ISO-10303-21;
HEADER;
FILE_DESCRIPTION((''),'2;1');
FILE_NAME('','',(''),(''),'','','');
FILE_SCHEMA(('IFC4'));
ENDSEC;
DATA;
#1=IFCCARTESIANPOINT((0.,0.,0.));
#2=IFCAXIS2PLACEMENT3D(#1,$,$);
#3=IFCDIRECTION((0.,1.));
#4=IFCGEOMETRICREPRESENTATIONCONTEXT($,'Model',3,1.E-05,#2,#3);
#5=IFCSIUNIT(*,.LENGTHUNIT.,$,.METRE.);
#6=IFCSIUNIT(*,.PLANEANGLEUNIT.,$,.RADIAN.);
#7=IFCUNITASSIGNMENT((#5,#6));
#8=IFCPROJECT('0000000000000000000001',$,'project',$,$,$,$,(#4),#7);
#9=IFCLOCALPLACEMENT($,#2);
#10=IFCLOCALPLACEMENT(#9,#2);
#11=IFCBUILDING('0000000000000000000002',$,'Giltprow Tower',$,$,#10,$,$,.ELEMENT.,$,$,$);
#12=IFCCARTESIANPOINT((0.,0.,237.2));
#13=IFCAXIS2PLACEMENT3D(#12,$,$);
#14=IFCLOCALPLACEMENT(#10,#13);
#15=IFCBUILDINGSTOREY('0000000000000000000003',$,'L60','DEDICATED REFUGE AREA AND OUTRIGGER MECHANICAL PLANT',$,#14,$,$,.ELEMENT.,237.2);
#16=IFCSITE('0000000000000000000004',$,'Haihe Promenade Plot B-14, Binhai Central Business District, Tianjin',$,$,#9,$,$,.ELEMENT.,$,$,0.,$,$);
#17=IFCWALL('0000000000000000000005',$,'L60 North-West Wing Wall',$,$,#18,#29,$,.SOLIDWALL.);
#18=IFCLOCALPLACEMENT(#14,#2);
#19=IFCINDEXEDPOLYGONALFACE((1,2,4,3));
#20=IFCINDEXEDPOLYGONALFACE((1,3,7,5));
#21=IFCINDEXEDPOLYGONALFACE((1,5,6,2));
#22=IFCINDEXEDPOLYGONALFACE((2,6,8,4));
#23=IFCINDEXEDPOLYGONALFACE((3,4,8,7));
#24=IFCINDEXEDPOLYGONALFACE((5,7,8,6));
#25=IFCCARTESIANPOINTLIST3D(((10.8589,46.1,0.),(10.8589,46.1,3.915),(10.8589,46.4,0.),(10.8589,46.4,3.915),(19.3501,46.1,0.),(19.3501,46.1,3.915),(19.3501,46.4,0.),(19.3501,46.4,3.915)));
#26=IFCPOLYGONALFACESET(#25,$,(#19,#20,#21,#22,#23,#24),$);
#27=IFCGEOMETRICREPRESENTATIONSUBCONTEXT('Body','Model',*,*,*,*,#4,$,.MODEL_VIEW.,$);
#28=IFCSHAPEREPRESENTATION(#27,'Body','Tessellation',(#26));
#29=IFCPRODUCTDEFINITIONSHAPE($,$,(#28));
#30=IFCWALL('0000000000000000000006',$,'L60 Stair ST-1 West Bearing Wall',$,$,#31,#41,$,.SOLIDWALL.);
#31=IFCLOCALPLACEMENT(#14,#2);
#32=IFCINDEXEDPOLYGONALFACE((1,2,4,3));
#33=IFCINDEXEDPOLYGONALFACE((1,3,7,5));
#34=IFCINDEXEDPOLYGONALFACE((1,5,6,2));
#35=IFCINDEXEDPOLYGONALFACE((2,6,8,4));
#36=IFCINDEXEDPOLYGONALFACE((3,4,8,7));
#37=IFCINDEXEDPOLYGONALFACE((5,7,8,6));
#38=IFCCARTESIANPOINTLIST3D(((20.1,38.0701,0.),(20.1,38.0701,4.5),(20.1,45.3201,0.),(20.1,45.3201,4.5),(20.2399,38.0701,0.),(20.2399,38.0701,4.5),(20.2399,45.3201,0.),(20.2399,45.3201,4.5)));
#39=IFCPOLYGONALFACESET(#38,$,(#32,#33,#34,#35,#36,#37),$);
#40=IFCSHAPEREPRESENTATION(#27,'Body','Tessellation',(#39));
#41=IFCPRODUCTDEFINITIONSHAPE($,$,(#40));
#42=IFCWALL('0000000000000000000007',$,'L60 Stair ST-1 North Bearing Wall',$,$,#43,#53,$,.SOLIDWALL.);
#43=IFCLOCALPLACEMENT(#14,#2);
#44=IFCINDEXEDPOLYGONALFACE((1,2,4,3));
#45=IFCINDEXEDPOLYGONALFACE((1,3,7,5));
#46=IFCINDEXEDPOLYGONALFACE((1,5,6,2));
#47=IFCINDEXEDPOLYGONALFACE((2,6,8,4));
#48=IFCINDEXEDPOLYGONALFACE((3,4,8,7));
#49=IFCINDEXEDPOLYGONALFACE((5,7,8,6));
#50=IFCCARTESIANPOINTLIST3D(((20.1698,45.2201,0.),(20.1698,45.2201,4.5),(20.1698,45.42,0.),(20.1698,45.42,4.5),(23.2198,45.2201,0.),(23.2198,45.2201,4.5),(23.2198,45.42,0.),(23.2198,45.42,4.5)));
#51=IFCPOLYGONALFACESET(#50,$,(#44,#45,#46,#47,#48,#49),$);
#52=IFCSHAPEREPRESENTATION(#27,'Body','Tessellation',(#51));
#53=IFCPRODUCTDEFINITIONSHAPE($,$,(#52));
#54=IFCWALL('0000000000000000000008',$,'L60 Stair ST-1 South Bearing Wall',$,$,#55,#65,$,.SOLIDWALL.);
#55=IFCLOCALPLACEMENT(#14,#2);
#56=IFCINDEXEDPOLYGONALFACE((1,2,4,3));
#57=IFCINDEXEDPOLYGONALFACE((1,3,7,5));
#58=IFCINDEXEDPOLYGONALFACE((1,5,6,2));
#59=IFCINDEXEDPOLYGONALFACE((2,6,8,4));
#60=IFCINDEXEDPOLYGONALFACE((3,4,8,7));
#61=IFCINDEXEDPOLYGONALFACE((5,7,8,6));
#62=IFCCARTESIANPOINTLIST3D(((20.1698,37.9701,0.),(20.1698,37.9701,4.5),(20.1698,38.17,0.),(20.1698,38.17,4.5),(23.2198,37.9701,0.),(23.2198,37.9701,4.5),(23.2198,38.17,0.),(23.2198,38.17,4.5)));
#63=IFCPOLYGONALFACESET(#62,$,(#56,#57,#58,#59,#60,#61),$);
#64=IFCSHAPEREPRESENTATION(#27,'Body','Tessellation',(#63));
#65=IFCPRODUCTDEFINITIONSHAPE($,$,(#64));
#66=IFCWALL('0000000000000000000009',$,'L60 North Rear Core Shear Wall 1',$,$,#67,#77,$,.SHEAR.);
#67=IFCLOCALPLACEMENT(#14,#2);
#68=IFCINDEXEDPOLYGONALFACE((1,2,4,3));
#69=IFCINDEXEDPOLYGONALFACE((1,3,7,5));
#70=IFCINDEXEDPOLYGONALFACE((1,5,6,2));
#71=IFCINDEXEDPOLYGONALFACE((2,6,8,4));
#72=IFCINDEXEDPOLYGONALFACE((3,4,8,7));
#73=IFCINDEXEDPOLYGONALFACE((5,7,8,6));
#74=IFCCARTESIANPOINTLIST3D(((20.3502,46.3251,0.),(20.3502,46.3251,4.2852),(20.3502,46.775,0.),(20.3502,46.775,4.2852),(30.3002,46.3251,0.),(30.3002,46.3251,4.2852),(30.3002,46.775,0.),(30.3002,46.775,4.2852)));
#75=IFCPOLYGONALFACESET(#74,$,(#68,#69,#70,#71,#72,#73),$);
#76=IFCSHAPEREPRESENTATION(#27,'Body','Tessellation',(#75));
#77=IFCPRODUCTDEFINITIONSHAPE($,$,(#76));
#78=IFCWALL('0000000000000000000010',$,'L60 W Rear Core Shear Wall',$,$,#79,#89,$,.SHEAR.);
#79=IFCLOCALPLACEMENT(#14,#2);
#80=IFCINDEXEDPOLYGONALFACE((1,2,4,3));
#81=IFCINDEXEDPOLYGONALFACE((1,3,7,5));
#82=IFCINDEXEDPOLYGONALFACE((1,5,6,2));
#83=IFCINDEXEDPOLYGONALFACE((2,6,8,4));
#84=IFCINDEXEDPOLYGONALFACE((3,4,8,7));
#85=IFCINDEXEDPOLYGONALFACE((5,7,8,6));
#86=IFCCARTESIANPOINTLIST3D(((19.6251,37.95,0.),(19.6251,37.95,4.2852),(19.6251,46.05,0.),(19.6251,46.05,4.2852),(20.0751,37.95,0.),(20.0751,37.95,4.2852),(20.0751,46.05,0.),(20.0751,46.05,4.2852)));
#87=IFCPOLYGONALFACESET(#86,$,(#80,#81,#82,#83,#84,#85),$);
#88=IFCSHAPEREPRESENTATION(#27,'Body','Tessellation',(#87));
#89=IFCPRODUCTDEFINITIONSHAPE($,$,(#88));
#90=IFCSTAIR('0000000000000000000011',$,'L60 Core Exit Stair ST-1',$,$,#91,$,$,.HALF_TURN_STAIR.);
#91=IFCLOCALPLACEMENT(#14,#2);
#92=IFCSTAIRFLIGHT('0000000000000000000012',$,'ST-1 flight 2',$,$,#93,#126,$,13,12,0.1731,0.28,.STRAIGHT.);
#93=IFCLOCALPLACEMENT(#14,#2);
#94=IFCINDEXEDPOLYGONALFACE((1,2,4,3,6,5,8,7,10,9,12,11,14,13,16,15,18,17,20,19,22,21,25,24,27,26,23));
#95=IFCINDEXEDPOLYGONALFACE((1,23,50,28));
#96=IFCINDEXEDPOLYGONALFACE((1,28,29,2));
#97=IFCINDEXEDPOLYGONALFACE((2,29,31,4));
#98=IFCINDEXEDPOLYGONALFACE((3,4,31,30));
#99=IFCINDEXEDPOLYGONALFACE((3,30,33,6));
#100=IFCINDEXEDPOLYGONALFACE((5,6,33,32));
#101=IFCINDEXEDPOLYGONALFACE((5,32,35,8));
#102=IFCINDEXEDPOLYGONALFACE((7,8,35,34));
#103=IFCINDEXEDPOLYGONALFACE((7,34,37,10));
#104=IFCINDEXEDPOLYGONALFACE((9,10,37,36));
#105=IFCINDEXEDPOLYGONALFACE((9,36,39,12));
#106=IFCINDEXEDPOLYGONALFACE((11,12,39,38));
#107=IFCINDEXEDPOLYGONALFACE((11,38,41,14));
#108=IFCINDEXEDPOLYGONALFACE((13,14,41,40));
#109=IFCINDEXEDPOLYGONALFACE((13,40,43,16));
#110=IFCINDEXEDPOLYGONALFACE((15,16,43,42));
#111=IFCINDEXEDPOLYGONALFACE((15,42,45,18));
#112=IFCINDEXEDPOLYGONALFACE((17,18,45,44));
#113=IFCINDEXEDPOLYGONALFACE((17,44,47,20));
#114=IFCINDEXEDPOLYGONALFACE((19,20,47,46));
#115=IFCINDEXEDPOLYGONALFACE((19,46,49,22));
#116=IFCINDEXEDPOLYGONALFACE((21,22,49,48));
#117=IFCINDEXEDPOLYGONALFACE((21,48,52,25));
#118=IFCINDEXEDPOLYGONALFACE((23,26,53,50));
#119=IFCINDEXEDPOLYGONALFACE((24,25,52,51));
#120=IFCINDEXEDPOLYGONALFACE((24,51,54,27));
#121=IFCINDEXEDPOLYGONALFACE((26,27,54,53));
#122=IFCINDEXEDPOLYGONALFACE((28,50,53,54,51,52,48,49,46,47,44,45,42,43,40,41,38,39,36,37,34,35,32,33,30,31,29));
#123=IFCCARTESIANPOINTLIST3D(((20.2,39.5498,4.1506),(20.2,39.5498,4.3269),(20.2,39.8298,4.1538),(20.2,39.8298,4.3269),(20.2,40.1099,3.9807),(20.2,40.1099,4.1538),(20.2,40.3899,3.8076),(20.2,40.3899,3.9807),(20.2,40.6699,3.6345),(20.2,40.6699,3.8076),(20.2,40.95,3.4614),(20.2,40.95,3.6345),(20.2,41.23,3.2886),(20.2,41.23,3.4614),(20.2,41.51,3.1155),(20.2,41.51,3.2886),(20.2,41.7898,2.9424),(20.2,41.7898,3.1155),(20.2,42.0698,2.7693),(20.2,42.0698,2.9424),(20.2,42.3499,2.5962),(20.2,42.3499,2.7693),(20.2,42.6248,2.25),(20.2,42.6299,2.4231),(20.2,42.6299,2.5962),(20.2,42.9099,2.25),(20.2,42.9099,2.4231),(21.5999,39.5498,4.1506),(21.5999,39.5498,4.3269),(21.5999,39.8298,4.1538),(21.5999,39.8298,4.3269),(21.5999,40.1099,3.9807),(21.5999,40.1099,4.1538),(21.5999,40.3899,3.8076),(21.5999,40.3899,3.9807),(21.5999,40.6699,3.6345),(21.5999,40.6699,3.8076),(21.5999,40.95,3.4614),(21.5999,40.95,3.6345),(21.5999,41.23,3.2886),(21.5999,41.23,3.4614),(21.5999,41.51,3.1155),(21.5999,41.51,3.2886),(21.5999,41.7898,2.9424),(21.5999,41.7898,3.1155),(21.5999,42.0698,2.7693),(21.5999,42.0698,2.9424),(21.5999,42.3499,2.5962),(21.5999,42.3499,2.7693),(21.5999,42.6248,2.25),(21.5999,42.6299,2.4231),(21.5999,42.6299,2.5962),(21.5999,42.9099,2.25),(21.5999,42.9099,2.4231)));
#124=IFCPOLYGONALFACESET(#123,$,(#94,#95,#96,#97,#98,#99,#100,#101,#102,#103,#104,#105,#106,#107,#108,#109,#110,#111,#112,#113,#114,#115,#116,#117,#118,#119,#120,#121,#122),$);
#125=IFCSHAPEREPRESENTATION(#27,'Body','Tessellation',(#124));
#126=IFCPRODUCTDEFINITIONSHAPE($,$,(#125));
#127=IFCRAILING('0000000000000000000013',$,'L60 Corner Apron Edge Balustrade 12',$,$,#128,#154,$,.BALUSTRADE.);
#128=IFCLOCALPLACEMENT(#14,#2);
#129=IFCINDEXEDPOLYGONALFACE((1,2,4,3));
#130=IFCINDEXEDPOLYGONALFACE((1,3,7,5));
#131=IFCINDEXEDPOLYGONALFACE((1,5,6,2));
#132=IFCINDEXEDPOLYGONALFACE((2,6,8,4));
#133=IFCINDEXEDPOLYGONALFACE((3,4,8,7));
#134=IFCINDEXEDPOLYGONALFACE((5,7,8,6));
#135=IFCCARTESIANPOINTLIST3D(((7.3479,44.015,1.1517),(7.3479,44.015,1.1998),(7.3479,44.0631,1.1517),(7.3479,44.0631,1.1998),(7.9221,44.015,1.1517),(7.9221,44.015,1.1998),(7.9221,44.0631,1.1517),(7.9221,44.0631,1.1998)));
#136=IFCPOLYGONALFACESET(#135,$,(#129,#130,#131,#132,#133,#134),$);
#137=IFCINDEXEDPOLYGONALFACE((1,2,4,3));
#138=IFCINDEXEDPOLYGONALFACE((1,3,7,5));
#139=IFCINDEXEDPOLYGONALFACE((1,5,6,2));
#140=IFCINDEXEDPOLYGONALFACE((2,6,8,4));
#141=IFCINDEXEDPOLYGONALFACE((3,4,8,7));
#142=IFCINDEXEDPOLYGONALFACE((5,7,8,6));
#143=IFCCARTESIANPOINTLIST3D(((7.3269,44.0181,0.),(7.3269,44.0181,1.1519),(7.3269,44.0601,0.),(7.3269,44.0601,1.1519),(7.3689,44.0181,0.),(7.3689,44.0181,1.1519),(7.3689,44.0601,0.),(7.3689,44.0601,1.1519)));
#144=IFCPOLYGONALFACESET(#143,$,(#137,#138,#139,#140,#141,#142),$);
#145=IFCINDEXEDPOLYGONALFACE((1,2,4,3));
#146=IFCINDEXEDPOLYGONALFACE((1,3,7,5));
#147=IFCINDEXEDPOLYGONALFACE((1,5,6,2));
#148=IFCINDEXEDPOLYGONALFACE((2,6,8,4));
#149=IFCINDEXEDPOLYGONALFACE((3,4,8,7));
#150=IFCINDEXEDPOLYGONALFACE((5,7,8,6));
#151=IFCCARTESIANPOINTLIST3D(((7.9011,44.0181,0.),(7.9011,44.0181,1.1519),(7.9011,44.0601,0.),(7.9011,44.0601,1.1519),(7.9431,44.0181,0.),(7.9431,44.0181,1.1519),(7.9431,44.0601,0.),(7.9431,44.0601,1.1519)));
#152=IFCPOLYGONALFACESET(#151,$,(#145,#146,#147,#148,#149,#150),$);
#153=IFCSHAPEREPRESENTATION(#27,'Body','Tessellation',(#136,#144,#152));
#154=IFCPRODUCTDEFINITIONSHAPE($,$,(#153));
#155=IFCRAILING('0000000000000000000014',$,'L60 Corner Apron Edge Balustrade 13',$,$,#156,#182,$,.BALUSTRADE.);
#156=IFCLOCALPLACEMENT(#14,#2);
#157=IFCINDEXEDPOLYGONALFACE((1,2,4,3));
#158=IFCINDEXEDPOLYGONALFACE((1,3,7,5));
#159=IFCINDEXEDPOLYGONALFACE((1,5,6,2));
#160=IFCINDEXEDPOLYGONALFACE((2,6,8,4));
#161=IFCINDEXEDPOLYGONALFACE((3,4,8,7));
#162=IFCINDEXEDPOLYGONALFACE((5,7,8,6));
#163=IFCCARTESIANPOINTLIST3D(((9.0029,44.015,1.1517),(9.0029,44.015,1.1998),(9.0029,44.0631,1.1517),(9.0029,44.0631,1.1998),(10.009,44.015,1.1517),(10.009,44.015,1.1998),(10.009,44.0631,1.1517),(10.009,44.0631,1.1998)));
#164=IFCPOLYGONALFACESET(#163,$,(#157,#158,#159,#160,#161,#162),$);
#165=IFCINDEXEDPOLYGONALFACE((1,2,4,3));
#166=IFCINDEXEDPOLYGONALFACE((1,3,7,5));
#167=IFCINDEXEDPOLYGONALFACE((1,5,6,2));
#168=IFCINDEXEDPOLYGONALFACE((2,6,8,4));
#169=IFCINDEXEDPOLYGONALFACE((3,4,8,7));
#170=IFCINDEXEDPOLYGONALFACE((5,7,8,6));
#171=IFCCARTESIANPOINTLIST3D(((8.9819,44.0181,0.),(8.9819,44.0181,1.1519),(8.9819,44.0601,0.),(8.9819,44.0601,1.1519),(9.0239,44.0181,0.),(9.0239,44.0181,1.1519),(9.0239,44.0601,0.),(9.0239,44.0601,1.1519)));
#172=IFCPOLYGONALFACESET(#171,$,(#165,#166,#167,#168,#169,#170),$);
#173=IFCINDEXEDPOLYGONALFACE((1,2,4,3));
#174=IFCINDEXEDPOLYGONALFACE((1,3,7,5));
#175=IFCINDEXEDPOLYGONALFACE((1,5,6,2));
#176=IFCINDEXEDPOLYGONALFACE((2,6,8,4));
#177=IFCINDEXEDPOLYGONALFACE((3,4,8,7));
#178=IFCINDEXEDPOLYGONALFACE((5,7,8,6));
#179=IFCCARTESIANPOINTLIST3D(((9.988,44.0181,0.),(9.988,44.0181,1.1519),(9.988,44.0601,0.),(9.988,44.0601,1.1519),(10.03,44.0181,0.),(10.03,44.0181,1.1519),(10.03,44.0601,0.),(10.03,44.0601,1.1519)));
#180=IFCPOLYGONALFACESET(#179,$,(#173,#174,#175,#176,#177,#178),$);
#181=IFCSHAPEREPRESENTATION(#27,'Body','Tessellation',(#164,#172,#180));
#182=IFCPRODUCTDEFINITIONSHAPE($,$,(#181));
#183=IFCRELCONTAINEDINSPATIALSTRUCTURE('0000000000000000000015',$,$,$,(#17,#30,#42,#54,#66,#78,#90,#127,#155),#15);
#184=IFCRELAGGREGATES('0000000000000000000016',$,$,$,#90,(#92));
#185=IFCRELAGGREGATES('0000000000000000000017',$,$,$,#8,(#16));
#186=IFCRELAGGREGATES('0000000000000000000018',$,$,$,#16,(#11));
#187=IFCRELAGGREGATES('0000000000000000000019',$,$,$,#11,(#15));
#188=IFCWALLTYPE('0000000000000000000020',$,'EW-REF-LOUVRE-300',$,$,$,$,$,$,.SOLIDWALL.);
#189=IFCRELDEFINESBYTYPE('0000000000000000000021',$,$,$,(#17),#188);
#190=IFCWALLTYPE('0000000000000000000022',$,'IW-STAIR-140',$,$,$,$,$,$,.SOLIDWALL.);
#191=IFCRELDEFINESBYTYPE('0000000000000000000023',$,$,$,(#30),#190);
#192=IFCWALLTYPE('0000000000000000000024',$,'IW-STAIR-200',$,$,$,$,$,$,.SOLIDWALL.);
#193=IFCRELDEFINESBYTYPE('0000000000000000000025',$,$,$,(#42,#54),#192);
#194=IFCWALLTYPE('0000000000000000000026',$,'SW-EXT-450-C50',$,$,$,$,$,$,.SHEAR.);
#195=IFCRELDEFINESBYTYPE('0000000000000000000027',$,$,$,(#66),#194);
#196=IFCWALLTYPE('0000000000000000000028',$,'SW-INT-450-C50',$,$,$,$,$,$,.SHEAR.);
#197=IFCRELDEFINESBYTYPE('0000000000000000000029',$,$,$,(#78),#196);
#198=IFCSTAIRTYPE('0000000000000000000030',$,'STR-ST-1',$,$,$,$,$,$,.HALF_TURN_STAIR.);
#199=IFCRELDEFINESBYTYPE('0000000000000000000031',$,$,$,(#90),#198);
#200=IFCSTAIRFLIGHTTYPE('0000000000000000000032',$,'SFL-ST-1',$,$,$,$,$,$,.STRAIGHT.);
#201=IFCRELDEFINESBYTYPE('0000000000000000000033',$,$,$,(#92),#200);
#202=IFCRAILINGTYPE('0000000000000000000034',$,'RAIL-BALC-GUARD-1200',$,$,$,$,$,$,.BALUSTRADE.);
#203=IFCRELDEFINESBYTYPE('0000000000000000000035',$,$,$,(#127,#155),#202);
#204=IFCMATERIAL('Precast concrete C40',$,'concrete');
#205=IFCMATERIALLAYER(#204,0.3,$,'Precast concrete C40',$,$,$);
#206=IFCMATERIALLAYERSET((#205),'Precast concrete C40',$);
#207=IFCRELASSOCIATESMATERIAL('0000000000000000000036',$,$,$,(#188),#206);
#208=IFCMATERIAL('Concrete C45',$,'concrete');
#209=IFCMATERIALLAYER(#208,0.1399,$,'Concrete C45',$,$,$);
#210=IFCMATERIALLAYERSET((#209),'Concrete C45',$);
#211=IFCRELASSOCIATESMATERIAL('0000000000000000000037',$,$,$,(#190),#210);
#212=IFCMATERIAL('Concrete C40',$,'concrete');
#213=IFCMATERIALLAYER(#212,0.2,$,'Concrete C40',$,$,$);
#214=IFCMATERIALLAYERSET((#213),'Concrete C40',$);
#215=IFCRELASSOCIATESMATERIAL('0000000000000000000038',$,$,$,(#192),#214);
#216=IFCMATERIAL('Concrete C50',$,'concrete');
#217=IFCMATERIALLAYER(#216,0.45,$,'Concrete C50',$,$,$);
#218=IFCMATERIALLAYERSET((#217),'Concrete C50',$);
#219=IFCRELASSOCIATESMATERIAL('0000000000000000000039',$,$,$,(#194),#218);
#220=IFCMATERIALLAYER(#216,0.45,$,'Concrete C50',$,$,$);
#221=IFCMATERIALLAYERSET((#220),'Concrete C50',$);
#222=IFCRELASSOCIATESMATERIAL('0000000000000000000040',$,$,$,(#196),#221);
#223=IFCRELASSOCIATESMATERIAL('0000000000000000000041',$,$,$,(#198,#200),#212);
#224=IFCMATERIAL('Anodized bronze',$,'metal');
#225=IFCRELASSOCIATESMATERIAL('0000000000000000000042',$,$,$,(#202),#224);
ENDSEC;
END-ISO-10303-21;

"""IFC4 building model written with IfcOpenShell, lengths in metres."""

from ifc_helpers import new_model, si_unit, direction, frame, frame_2d, origin, origin_2d, place, context, subcontext, project, spatial, polyline, rectangle, outline, extrude, material, layer, layer_set, type_object, element, aggregate, save


model = new_model("IFC4")

# Units and contexts
model_context = context("Model", 3, precision=1e-05, world=origin(), true_north=direction((0.0, 1.0)))
body_context = subcontext(model_context, "Body", "Model", "MODEL_VIEW")
ifc_project = project(units=[si_unit("LENGTHUNIT", "METRE"), si_unit("PLANEANGLEUNIT", "RADIAN")], contexts=[model_context])

# Site, building, storey
site_placement = place(None, origin())
site = spatial("IfcSite", under=ifc_project, at=site_placement, Name="Haihe Promenade Plot B-14, Binhai Central Business District, Tianjin", CompositionType="ELEMENT", RefElevation=0.0)
building_placement = place(site_placement, origin())
building = spatial("IfcBuilding", under=site, at=building_placement, Name="Giltprow Tower", CompositionType="ELEMENT")
storey_placement = place(building_placement, frame((0.0, 0.0, 237.2)))
storey = spatial("IfcBuildingStorey", under=building, at=storey_placement, Name="L60", Description="DEDICATED REFUGE AREA AND OUTRIGGER MECHANICAL PLANT", CompositionType="ELEMENT", Elevation=237.2)

# Shared definitions
ifc_material_1 = material(Name="Concrete C50", Category="concrete")

# Walls
ifc_material_2 = material(Name="Precast concrete C40", Category="concrete")
ifc_layer_1 = layer(ifc_material_2, 0.3, Name="Precast concrete C40")
ifc_layer_set_1 = layer_set([ifc_layer_1], Name="Precast concrete C40")
wall_type_1 = type_object("IfcWallType", Name="EW-REF-LOUVRE-300", PredefinedType="SOLIDWALL", material=ifc_layer_set_1)
wall_1_placement = place(storey_placement, frame((10.8589, 46.25, 0.0), z_axis=(0.0, 0.0, 1.0), x_axis=(1.0, 0.0, 0.0)))
element("IfcWall", 1, at=wall_1_placement, inside=storey, type_object=wall_type_1, Name="L60 North-West Wing Wall", PredefinedType="SOLIDWALL", context=body_context, shape_type="SweptSolid", body=[
    extrude(rectangle(XDim=8.4912, YDim=0.3, at=frame_2d((4.2456, 0.0))), origin(), (0.0, 0.0, 1.0), 3.915),
])
ifc_material_3 = material(Name="Concrete C45", Category="concrete")
ifc_layer_2 = layer(ifc_material_3, 0.1399, Name="Concrete C45")
ifc_layer_set_2 = layer_set([ifc_layer_2], Name="Concrete C45")
wall_type_2 = type_object("IfcWallType", Name="IW-STAIR-140", PredefinedType="SOLIDWALL", material=ifc_layer_set_2)
wall_2_placement = place(storey_placement, frame((20.1699, 38.0701, 0.0), z_axis=(0.0, 0.0, 1.0), x_axis=(0.0, 1.0, 0.0)))
element("IfcWall", 2, at=wall_2_placement, inside=storey, type_object=wall_type_2, Name="L60 Stair ST-1 West Bearing Wall", PredefinedType="SOLIDWALL", context=body_context, shape_type="SweptSolid", body=[
    extrude(rectangle(XDim=7.25, YDim=0.1399, at=frame_2d((3.625, 0.0))), origin(), (0.0, 0.0, 1.0), 4.5),
])
ifc_material_4 = material(Name="Concrete C40", Category="concrete")
ifc_layer_3 = layer(ifc_material_4, 0.2, Name="Concrete C40")
ifc_layer_set_3 = layer_set([ifc_layer_3], Name="Concrete C40")
wall_type_3 = type_object("IfcWallType", Name="IW-STAIR-200", PredefinedType="SOLIDWALL", material=ifc_layer_set_3)
for number, where, z_axis, x_axis, name in (
    (3, (20.1699, 45.3201, 0.0), (0.0, 0.0, 1.0), (1.0, 0.0, 0.0), "L60 Stair ST-1 North Bearing Wall"),
    (4, (20.1699, 38.0701, 0.0), (0.0, 0.0, 1.0), (1.0, 0.0, 0.0), "L60 Stair ST-1 South Bearing Wall"),
):
    element("IfcWall", number, at=place(storey_placement, frame(where, z_axis=z_axis, x_axis=x_axis)), inside=storey, type_object=wall_type_3, Name=name, PredefinedType="SOLIDWALL", context=body_context, shape_type="SweptSolid", body=[
        extrude(rectangle(XDim=3.05, YDim=0.2, at=frame_2d((1.5249, 0.0))), origin(), (0.0, 0.0, 1.0), 4.5),
    ])
ifc_layer_4 = layer(ifc_material_1, 0.45, Name="Concrete C50")
ifc_layer_set_4 = layer_set([ifc_layer_4], Name="Concrete C50")
wall_type_4 = type_object("IfcWallType", Name="SW-EXT-450-C50", PredefinedType="SHEAR", material=ifc_layer_set_4)
wall_3_placement = place(storey_placement, frame((20.3501, 46.55, 0.0), z_axis=(0.0, 0.0, 1.0), x_axis=(1.0, 0.0, 0.0)))
element("IfcWall", 5, at=wall_3_placement, inside=storey, type_object=wall_type_4, Name="L60 North Rear Core Shear Wall 1", PredefinedType="SHEAR", context=body_context, shape_type="SweptSolid", body=[
    extrude(rectangle(XDim=9.95, YDim=0.45, at=frame_2d((4.9751, 0.0))), origin(), (0.0, 0.0, 1.0), 4.2852),
])
ifc_layer_5 = layer(ifc_material_1, 0.45, Name="Concrete C50")
ifc_layer_set_5 = layer_set([ifc_layer_5], Name="Concrete C50")
wall_type_5 = type_object("IfcWallType", Name="SW-INT-450-C50", PredefinedType="SHEAR", material=ifc_layer_set_5)
wall_4_placement = place(storey_placement, frame((19.8501, 37.95, 0.0), z_axis=(0.0, 0.0, 1.0), x_axis=(0.0, 1.0, 0.0)))
element("IfcWall", 6, at=wall_4_placement, inside=storey, type_object=wall_type_5, Name="L60 W Rear Core Shear Wall", PredefinedType="SHEAR", context=body_context, shape_type="SweptSolid", body=[
    extrude(rectangle(XDim=8.1001, YDim=0.45, at=frame_2d((4.05, 0.0))), origin(), (0.0, 0.0, 1.0), 4.2852),
])

# Stair, stair flight
stair_type = type_object("IfcStairType", Name="STR-ST-1", PredefinedType="HALF_TURN_STAIR", material=ifc_material_4)
stair_placement = place(storey_placement, origin())
stair = element("IfcStair", 7, at=stair_placement, inside=storey, type_object=stair_type, Name="L60 Core Exit Stair ST-1", PredefinedType="HALF_TURN_STAIR")
stair_flight_type = type_object("IfcStairFlightType", Name="SFL-ST-1", PredefinedType="STRAIGHT", material=ifc_material_4)
stair_flight_placement = place(storey_placement, frame((20.8999, 42.9099, 2.25), z_axis=(0.0, 0.0, 1.0), x_axis=(0.0, -1.0, 0.0)))
stair_flight = element("IfcStairFlight", 8, at=stair_flight_placement, type_object=stair_flight_type, Name="ST-1 flight 2", NumberOfRisers=13, NumberOfTreads=12, PredefinedType="STRAIGHT", RiserHeight=0.1731, TreadLength=0.28, context=body_context, shape_type="SweptSolid", body=[
    extrude(outline(polyline([(0.0, 0.0), (0.0, 0.1731), (0.28, 0.1731), (0.28, 0.3462), (0.5601, 0.3462), (0.5601, 0.5193), (0.8401, 0.5193), (0.8401, 0.6924), (1.1201, 0.6924), (1.1201, 0.8655), (1.3999, 0.8655), (1.3999, 1.0386), (1.6799, 1.0386), (1.6799, 1.2114), (1.96, 1.2114), (1.96, 1.3845), (2.24, 1.3845), (2.24, 1.5576), (2.52, 1.5576), (2.52, 1.7307), (2.8, 1.7307), (2.8, 1.9038), (3.0801, 1.9038), (3.0801, 2.0769), (3.3601, 2.0769), (3.3601, 2.25), (3.3601, 1.9006), (0.2852, 0.0), (0.0, 0.0)])), frame((0.0, 0.7, 0.0), z_axis=(0.0, -1.0, 0.0), x_axis=(1.0, 0.0, 0.0)), (0.0, 0.0, 1.0), 1.3999),
])
aggregate(stair, [stair_flight])

# Railings
ifc_material_5 = material(Name="Anodized bronze", Category="metal")
railing_type_1 = type_object("IfcRailingType", Name="RAIL-BALC-GUARD-1200", PredefinedType="BALUSTRADE", material=ifc_material_5)
railing_1_placement = place(storey_placement, frame((7.3479, 44.0391, 0.0)))
element("IfcRailing", 9, at=railing_1_placement, inside=storey, type_object=railing_type_1, Name="L60 Corner Apron Edge Balustrade 12", PredefinedType="BALUSTRADE", context=body_context, shape_type="SweptSolid", body=[
    extrude(rectangle(XDim=0.0481, YDim=0.0481, at=origin_2d()), frame((0.0, 0.0, 1.1758), z_axis=(1.0, 0.0, 0.0), x_axis=(0.0, 1.0, 0.0)), (0.0, 0.0, 1.0), 0.5742),
    extrude(rectangle(XDim=0.042, YDim=0.042, at=origin_2d()), origin(), (0.0, 0.0, 1.0), 1.1519),
    extrude(rectangle(XDim=0.042, YDim=0.042, at=origin_2d()), frame((0.5742, 0.0, 0.0)), (0.0, 0.0, 1.0), 1.1519),
])
railing_2_placement = place(storey_placement, frame((9.0029, 44.0391, 0.0)))
element("IfcRailing", 10, at=railing_2_placement, inside=storey, type_object=railing_type_1, Name="L60 Corner Apron Edge Balustrade 13", PredefinedType="BALUSTRADE", context=body_context, shape_type="SweptSolid", body=[
    extrude(rectangle(XDim=0.0481, YDim=0.0481, at=origin_2d()), frame((0.0, 0.0, 1.1758), z_axis=(1.0, 0.0, 0.0), x_axis=(0.0, 1.0, 0.0)), (0.0, 0.0, 1.0), 1.0061),
    extrude(rectangle(XDim=0.042, YDim=0.042, at=origin_2d()), origin(), (0.0, 0.0, 1.0), 1.1519),
    extrude(rectangle(XDim=0.042, YDim=0.042, at=origin_2d()), frame((1.0061, 0.0, 0.0)), (0.0, 0.0, 1.0), 1.1519),
])

save(model, "model.ifc")
